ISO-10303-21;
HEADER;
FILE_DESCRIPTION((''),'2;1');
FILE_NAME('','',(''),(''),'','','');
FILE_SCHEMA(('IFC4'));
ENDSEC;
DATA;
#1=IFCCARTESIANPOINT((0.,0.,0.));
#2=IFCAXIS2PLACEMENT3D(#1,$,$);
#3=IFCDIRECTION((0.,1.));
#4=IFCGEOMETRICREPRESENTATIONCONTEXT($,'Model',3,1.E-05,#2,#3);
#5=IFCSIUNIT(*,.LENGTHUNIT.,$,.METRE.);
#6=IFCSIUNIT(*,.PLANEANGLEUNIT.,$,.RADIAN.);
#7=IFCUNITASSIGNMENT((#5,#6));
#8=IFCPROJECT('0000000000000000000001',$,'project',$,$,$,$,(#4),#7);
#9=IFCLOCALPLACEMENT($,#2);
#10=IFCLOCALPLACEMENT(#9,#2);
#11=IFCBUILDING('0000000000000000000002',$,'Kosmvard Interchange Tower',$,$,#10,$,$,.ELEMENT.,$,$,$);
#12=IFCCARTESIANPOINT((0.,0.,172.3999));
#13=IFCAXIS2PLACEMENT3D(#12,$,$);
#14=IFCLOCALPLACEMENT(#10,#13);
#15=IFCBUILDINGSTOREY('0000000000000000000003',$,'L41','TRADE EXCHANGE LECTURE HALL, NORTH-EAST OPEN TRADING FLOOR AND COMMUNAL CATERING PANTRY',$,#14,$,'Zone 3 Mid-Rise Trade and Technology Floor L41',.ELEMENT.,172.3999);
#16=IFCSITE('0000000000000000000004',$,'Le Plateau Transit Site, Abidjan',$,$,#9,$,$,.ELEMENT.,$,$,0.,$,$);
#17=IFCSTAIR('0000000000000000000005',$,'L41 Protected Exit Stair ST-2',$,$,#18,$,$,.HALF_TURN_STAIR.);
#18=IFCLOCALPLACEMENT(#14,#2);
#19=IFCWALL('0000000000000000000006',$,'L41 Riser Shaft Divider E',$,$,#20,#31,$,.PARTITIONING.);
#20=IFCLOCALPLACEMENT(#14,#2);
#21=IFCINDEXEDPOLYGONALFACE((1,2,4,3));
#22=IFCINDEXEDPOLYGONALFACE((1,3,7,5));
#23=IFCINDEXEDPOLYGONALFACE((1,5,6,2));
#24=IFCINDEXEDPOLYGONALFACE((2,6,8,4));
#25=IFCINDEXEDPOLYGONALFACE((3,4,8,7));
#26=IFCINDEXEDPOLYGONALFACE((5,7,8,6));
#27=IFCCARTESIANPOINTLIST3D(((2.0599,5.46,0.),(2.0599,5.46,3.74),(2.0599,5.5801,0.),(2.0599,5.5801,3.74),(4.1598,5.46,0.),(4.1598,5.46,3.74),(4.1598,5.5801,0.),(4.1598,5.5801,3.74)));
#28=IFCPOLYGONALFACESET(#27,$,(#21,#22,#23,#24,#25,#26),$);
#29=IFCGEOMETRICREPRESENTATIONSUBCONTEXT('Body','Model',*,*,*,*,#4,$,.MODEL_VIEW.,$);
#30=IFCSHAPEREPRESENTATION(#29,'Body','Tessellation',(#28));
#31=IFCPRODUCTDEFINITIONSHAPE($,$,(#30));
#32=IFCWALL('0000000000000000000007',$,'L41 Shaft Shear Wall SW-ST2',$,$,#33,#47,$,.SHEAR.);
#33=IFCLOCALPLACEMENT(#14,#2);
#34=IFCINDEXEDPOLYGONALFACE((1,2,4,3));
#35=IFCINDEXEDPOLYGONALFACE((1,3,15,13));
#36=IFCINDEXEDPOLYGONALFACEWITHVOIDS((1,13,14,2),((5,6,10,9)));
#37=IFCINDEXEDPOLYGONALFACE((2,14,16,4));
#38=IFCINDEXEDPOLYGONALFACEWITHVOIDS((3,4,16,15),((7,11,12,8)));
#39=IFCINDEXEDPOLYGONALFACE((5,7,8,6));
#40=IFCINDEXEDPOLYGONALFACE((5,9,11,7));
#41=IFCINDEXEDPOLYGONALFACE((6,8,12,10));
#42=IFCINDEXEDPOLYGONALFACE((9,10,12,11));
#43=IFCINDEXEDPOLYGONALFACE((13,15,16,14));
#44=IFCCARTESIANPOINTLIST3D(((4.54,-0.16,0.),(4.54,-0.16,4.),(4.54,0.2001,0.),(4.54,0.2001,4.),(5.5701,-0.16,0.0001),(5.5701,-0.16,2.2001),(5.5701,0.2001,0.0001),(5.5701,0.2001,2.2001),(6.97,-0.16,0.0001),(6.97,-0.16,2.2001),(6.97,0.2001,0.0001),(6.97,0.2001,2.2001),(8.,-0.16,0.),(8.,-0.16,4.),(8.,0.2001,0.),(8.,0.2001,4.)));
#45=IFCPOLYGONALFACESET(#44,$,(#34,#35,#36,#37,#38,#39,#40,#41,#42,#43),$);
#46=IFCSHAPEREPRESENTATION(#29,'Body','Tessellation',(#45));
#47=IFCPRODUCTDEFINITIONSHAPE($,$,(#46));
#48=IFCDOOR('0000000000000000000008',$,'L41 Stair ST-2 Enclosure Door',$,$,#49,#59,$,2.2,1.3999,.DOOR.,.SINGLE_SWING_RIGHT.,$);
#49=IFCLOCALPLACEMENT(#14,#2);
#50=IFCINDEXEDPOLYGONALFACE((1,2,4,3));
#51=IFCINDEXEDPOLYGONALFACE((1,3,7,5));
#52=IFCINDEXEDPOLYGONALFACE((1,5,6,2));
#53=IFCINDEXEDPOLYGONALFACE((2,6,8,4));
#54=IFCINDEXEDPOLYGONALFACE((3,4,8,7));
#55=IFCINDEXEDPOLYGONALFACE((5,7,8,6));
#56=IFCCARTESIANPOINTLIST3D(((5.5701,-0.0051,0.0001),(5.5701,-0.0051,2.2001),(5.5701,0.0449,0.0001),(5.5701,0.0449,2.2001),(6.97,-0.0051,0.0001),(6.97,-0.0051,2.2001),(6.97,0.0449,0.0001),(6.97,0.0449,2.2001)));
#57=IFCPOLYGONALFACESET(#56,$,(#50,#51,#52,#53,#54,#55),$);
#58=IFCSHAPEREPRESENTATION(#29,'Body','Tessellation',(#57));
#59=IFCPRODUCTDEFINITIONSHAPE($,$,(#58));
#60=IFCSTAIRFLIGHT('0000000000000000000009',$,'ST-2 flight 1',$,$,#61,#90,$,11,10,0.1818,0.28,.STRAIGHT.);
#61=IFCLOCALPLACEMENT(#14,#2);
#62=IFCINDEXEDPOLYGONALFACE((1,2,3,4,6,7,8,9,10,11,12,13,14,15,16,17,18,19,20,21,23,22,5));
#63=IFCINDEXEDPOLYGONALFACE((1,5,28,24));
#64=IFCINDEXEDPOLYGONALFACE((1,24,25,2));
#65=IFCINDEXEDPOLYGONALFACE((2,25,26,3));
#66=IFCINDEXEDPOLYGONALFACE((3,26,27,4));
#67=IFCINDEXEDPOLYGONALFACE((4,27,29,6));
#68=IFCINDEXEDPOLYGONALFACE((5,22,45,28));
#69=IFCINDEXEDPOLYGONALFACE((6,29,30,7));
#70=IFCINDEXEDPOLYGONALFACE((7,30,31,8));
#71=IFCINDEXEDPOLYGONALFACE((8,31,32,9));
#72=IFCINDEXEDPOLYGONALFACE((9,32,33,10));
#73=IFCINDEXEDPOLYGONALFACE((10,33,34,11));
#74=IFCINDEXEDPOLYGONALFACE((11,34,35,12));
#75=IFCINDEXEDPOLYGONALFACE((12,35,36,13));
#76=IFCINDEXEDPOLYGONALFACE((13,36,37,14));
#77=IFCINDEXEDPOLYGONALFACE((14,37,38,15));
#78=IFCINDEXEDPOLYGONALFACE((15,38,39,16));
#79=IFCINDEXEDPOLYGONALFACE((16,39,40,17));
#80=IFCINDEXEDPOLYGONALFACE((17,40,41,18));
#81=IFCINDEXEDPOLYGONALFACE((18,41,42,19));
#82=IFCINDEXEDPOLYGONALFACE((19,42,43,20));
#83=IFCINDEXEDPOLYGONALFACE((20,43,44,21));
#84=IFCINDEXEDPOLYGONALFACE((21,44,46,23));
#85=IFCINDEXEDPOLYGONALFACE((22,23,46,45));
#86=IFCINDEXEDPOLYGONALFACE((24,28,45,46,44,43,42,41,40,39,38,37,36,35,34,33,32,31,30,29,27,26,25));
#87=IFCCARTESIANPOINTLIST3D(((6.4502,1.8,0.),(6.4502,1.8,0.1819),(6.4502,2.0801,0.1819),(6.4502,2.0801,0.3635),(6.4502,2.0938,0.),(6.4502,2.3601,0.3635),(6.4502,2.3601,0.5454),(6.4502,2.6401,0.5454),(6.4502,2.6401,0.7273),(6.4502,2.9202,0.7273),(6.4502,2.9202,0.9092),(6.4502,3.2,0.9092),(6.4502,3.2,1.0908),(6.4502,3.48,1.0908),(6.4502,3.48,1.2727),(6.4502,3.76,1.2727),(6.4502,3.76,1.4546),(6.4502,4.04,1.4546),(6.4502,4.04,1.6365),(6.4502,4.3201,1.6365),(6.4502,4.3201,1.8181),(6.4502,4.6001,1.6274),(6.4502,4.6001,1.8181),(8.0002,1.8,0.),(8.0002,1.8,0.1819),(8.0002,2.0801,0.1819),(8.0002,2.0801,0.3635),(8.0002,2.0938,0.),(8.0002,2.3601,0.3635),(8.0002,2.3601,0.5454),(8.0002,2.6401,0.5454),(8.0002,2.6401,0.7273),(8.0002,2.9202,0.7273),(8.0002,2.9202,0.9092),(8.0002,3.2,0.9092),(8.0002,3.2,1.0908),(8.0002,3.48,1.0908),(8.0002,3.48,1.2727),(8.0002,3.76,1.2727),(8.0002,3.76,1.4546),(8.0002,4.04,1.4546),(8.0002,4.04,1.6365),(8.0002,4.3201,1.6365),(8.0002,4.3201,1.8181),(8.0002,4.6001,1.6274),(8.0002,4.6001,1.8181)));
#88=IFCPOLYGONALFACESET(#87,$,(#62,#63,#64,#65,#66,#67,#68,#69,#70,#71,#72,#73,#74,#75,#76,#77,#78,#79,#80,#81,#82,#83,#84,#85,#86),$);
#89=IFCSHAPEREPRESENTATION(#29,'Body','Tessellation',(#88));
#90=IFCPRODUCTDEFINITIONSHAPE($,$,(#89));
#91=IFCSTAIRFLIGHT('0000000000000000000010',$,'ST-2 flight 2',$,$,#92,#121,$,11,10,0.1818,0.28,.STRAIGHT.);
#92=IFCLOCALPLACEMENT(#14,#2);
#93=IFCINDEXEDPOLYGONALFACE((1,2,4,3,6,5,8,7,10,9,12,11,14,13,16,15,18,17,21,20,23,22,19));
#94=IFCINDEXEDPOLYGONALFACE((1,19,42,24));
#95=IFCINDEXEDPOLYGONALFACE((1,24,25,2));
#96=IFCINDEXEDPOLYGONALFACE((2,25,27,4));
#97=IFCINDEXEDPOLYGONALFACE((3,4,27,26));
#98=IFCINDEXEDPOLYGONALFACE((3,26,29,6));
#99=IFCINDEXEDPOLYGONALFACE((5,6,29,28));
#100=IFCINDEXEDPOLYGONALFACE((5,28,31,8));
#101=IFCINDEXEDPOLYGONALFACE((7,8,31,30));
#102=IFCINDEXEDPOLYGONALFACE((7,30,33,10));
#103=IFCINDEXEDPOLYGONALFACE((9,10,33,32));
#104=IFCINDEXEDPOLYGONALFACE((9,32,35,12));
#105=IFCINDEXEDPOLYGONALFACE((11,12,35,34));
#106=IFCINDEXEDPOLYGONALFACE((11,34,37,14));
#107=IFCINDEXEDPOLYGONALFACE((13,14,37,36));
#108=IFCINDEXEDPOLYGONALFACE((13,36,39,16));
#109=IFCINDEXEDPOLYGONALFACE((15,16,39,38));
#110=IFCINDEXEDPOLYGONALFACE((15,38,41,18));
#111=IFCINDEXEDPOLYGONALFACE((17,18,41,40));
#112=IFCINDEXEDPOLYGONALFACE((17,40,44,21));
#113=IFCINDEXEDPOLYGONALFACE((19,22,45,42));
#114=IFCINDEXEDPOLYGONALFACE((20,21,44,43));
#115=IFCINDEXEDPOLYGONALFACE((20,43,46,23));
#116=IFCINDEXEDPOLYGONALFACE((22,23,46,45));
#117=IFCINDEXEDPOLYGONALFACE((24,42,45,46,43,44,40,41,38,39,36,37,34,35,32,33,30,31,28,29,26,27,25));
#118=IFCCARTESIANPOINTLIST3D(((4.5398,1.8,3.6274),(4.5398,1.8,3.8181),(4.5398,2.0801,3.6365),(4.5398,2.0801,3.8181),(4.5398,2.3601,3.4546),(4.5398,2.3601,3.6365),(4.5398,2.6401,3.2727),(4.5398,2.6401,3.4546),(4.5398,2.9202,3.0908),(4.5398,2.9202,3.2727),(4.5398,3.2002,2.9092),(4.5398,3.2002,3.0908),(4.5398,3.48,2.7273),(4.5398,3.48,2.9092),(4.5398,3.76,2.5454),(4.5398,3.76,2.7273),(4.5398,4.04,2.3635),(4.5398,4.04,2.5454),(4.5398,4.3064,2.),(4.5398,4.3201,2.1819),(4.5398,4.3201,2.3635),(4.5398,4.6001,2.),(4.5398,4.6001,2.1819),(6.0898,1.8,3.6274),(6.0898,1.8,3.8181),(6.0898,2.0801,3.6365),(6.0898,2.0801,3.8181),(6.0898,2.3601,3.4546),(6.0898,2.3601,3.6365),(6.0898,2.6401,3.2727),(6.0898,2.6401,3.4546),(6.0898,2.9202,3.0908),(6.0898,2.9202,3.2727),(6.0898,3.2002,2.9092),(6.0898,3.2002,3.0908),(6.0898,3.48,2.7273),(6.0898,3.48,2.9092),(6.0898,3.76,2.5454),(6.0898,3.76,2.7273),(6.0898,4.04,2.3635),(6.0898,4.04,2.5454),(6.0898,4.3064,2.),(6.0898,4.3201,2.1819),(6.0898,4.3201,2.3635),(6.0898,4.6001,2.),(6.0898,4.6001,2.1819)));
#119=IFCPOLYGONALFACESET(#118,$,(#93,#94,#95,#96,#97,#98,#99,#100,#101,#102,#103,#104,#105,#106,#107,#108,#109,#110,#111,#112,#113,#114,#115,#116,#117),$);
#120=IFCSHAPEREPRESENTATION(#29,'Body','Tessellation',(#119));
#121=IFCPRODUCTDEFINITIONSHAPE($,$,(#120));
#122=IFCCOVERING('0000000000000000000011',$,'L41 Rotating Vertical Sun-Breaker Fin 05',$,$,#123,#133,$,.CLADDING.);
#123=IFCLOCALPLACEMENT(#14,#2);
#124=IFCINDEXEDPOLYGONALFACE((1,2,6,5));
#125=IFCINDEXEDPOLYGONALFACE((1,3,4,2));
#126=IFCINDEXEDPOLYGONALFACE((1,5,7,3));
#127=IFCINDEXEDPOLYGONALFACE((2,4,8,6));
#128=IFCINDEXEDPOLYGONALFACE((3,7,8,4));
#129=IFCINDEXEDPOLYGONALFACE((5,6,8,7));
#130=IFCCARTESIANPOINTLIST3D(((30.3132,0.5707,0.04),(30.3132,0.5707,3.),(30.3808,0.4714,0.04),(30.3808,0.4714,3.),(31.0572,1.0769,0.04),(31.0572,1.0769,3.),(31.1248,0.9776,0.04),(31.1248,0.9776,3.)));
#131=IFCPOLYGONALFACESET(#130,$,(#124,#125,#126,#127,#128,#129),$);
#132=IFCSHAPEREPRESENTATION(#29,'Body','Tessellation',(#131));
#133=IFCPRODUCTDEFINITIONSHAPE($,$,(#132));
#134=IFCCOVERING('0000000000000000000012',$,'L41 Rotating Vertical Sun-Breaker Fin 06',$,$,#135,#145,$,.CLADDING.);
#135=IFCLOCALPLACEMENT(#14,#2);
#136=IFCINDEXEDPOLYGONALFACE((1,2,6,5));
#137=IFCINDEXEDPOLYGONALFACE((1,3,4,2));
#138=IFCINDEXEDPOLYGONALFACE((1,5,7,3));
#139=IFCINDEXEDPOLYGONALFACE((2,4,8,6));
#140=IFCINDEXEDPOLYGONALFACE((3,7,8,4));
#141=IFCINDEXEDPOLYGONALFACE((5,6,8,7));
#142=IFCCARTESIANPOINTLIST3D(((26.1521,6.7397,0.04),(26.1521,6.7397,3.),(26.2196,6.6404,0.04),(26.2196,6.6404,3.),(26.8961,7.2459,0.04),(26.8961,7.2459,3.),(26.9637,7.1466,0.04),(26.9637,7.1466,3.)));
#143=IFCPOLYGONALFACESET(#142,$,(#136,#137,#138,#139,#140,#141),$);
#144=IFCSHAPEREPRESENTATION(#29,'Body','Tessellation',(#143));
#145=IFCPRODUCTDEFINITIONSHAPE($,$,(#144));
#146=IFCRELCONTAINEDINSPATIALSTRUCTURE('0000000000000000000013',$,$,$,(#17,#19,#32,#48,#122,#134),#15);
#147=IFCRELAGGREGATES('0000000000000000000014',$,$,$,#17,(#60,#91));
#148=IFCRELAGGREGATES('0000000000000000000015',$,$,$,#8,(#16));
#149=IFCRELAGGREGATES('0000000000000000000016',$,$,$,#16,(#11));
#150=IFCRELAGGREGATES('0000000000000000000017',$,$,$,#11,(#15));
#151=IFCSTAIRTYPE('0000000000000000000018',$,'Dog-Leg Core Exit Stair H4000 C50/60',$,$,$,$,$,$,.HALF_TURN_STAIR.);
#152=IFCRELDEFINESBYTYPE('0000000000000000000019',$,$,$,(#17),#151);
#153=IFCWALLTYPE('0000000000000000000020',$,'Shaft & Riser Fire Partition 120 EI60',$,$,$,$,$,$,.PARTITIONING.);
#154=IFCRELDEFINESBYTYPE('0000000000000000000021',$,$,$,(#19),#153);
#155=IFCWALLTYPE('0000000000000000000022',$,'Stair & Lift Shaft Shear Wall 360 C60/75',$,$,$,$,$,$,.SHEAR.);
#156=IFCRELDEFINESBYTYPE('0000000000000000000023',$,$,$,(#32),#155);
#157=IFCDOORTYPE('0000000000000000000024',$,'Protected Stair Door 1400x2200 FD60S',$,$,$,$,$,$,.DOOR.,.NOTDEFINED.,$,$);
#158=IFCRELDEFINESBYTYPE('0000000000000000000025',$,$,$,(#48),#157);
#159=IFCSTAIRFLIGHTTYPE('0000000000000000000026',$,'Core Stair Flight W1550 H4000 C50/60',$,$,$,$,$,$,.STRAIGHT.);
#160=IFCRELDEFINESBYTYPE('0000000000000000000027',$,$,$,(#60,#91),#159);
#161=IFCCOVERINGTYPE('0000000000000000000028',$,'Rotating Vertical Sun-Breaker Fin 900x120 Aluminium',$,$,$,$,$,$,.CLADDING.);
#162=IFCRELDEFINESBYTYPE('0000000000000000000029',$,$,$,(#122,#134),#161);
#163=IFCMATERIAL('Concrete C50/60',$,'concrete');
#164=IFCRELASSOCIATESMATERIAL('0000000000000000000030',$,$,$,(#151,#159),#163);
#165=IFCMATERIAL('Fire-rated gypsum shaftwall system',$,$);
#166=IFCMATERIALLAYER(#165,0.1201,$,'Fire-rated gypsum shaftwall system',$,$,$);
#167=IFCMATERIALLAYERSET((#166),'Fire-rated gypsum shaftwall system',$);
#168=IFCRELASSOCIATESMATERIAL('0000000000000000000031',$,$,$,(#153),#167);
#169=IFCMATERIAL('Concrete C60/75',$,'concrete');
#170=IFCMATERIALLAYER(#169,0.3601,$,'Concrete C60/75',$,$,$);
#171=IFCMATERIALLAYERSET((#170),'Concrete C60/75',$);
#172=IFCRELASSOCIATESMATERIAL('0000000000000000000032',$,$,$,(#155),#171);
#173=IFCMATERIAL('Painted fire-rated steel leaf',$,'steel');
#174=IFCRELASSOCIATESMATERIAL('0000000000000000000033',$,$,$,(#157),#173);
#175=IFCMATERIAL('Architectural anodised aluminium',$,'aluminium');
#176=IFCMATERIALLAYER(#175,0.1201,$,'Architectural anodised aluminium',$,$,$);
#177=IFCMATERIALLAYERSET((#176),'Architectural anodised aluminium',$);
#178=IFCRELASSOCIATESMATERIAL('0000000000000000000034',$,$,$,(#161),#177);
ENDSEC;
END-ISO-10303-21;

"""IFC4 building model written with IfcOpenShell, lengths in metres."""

from ifc_helpers import new_model, si_unit, direction, frame, frame_2d, origin, origin_2d, place, context, subcontext, project, spatial, polyline, rectangle, outline, extrude, source, transform, mapped, material, layer, layer_set, type_object, element, fill, aggregate, save


model = new_model("IFC4")

# Units and contexts
model_context = context("Model", 3, precision=1e-05, world=origin(), true_north=direction((0.0, 1.0)))
body_context = subcontext(model_context, "Body", "Model", "MODEL_VIEW")
ifc_project = project(units=[si_unit("LENGTHUNIT", "METRE"), si_unit("PLANEANGLEUNIT", "RADIAN")], contexts=[model_context])

# Site, building, storey
site_placement = place(None, origin())
site = spatial("IfcSite", under=ifc_project, at=site_placement, Name="Le Plateau Transit Site, Abidjan", CompositionType="ELEMENT", RefElevation=0.0)
building_placement = place(site_placement, origin())
building = spatial("IfcBuilding", under=site, at=building_placement, Name="Kosmvard Interchange Tower", CompositionType="ELEMENT")
storey_placement = place(building_placement, frame((0.0, 0.0, 172.3999)))
storey = spatial("IfcBuildingStorey", under=building, at=storey_placement, Name="L41", Description="TRADE EXCHANGE LECTURE HALL, NORTH-EAST OPEN TRADING FLOOR AND COMMUNAL CATERING PANTRY", LongName="Zone 3 Mid-Rise Trade and Technology Floor L41", CompositionType="ELEMENT", Elevation=172.3999)

# Stair
ifc_material_1 = material(Name="Concrete C50/60", Category="concrete")
stair_type = type_object("IfcStairType", Name="Dog-Leg Core Exit Stair H4000 C50/60", PredefinedType="HALF_TURN_STAIR", material=ifc_material_1)
stair_1_placement = place(storey_placement, origin())
stair_1 = element("IfcStair", 1, at=stair_1_placement, inside=storey, type_object=stair_type, Name="L41 Protected Exit Stair ST-2", PredefinedType="HALF_TURN_STAIR")

# Wall
ifc_material_2 = material(Name="Fire-rated gypsum shaftwall system")
ifc_layer_1 = layer(ifc_material_2, 0.1201, Name="Fire-rated gypsum shaftwall system")
ifc_layer_set_1 = layer_set([ifc_layer_1], Name="Fire-rated gypsum shaftwall system")
wall_type_1 = type_object("IfcWallType", Name="Shaft & Riser Fire Partition 120 EI60", PredefinedType="PARTITIONING", material=ifc_layer_set_1)
wall_1_placement = place(storey_placement, frame((2.0601, 5.52, 0.0), z_axis=(0.0, 0.0, 1.0), x_axis=(1.0, 0.0, 0.0)))
element("IfcWall", 2, at=wall_1_placement, inside=storey, type_object=wall_type_1, Name="L41 Riser Shaft Divider E", PredefinedType="PARTITIONING", context=body_context, shape_type="SweptSolid", body=[
    extrude(rectangle(XDim=2.0999, YDim=0.1201, at=frame_2d((1.0498, 0.0))), origin(), (0.0, 0.0, 1.0), 3.74),
])

# Wall, opening, door
ifc_material_3 = material(Name="Concrete C60/75", Category="concrete")
ifc_layer_2 = layer(ifc_material_3, 0.3601, Name="Concrete C60/75")
ifc_layer_set_2 = layer_set([ifc_layer_2], Name="Concrete C60/75")
wall_type_2 = type_object("IfcWallType", Name="Stair & Lift Shaft Shear Wall 360 C60/75", PredefinedType="SHEAR", material=ifc_layer_set_2)
wall_2_placement = place(storey_placement, frame((4.54, 0.02, 0.0), z_axis=(0.0, 0.0, 1.0), x_axis=(1.0, 0.0, 0.0)))
wall_2 = element("IfcWall", 3, at=wall_2_placement, inside=storey, type_object=wall_type_2, Name="L41 Shaft Shear Wall SW-ST2", PredefinedType="SHEAR", context=body_context, shape_type="SweptSolid", body=[
    extrude(rectangle(XDim=3.46, YDim=0.3601, at=frame_2d((1.73, 0.0))), origin(), (0.0, 0.0, 1.0), 4.0),
])
opening_1_placement = place(wall_2_placement, frame((1.03, 0.0, 0.0)))
opening_1 = element("IfcOpeningElement", 4, at=opening_1_placement, cuts=wall_2, PredefinedType="OPENING", context=body_context, shape_type="SweptSolid", body=[
    extrude(rectangle(XDim=1.3999, YDim=2.2, at=frame_2d((0.7, 1.1001))), frame((0.0, 0.1899, 0.0), z_axis=(0.0, -1.0, 0.0), x_axis=(1.0, 0.0, 0.0)), (0.0, 0.0, 1.0), 0.3801),
])
ifc_material_4 = material(Name="Painted fire-rated steel leaf", Category="steel")
door_type_1 = type_object("IfcDoorType", Name="Protected Stair Door 1400x2200 FD60S", OperationType="NOTDEFINED", PredefinedType="DOOR", material=ifc_material_4)
shared_shape_1 = source(origin(), body_context, "Body", "SweptSolid", [
    extrude(rectangle(XDim=1.3999, YDim=2.2, at=frame_2d((0.7, 1.1001))), frame((0.0, 0.0249, 0.0), z_axis=(0.0, -1.0, 0.0), x_axis=(1.0, 0.0, 0.0)), (0.0, 0.0, 1.0), 0.05),
])
door_1_placement = place(opening_1_placement, origin())
door_1 = element("IfcDoor", 5, at=door_1_placement, inside=storey, type_object=door_type_1, Name="L41 Stair ST-2 Enclosure Door", OperationType="SINGLE_SWING_RIGHT", OverallHeight=2.2, OverallWidth=1.3999, PredefinedType="DOOR", context=body_context, shape_type="MappedRepresentation", body=[
    mapped(shared_shape_1, transform((0.0, 0.0, 0.0), scale=1.0)),
])
fill(opening_1, door_1)

# Stair flights
stair_flight_type = type_object("IfcStairFlightType", Name="Core Stair Flight W1550 H4000 C50/60", PredefinedType="STRAIGHT", material=ifc_material_1)
shared_shape_2 = source(origin(), body_context, "Body", "SweptSolid", [
    extrude(outline(polyline([(0.0, 0.0), (0.0, 0.1819), (0.28, 0.1819), (0.28, 0.3635), (0.5601, 0.3635), (0.5601, 0.5454), (0.8401, 0.5454), (0.8401, 0.7273), (1.1201, 0.7273), (1.1201, 0.9092), (1.3999, 0.9092), (1.3999, 1.0908), (1.6799, 1.0908), (1.6799, 1.2727), (1.96, 1.2727), (1.96, 1.4546), (2.24, 1.4546), (2.24, 1.6365), (2.52, 1.6365), (2.52, 1.8181), (2.8, 1.8181), (2.8, 2.0), (2.8, 1.6274), (0.2937, 0.0), (0.0, 0.0)])), frame((0.0, 0.7749, 0.0), z_axis=(0.0, -1.0, 0.0), x_axis=(1.0, 0.0, 0.0)), (0.0, 0.0, 1.0), 1.55),
])
stair_flight_1_placement = place(storey_placement, frame((7.2251, 1.8, 0.0), z_axis=(0.0, 0.0, 1.0), x_axis=(0.0, 1.0, 0.0)))
stair_flight_1 = element("IfcStairFlight", 6, at=stair_flight_1_placement, type_object=stair_flight_type, Name="ST-2 flight 1", NumberOfRisers=11, NumberOfTreads=10, PredefinedType="STRAIGHT", RiserHeight=0.1818, TreadLength=0.28, context=body_context, shape_type="MappedRepresentation", body=[
    mapped(shared_shape_2, transform((0.0, 0.0, 0.0), scale=1.0)),
])
stair_flight_2_placement = place(storey_placement, frame((5.3149, 4.6001, 2.0), z_axis=(0.0, 0.0, 1.0), x_axis=(0.0, -1.0, 0.0)))
stair_flight_2 = element("IfcStairFlight", 7, at=stair_flight_2_placement, type_object=stair_flight_type, Name="ST-2 flight 2", NumberOfRisers=11, NumberOfTreads=10, PredefinedType="STRAIGHT", RiserHeight=0.1818, TreadLength=0.28, context=body_context, shape_type="MappedRepresentation", body=[
    mapped(shared_shape_2, transform((0.0, 0.0, 0.0), scale=1.0)),
])
aggregate(stair_1, [stair_flight_1, stair_flight_2])

# Coverings
ifc_material_5 = material(Name="Architectural anodised aluminium", Category="aluminium")
ifc_layer_3 = layer(ifc_material_5, 0.1201, Name="Architectural anodised aluminium")
ifc_layer_set_3 = layer_set([ifc_layer_3], Name="Architectural anodised aluminium")
covering_type = type_object("IfcCoveringType", Name="Rotating Vertical Sun-Breaker Fin 900x120 Aluminium", PredefinedType="CLADDING", material=ifc_layer_set_3)
shared_shape_3 = source(origin(), body_context, "Body", "SweptSolid", [
    extrude(rectangle(XDim=0.8999, YDim=0.1201, at=origin_2d()), origin(), (0.0, 0.0, 1.0), 2.96),
])
for number, where, z_axis, x_axis, name in (
    (8, (30.719, 0.7742, 0.04), (0.0, 0.0, 1.0), (0.826786, 0.562516, 0.0), "L41 Rotating Vertical Sun-Breaker Fin 05"),
    (9, (26.5579, 6.9431, 0.04), (0.0, 0.0, 1.0), (0.826786, 0.562516, 0.0), "L41 Rotating Vertical Sun-Breaker Fin 06"),
):
    element("IfcCovering", number, at=place(storey_placement, frame(where, z_axis=z_axis, x_axis=x_axis)), inside=storey, type_object=covering_type, Name=name, PredefinedType="CLADDING", context=body_context, shape_type="MappedRepresentation", body=[
        mapped(shared_shape_3, transform((0.0, 0.0, 0.0), scale=1.0)),
    ])

save(model, "model.ifc")
